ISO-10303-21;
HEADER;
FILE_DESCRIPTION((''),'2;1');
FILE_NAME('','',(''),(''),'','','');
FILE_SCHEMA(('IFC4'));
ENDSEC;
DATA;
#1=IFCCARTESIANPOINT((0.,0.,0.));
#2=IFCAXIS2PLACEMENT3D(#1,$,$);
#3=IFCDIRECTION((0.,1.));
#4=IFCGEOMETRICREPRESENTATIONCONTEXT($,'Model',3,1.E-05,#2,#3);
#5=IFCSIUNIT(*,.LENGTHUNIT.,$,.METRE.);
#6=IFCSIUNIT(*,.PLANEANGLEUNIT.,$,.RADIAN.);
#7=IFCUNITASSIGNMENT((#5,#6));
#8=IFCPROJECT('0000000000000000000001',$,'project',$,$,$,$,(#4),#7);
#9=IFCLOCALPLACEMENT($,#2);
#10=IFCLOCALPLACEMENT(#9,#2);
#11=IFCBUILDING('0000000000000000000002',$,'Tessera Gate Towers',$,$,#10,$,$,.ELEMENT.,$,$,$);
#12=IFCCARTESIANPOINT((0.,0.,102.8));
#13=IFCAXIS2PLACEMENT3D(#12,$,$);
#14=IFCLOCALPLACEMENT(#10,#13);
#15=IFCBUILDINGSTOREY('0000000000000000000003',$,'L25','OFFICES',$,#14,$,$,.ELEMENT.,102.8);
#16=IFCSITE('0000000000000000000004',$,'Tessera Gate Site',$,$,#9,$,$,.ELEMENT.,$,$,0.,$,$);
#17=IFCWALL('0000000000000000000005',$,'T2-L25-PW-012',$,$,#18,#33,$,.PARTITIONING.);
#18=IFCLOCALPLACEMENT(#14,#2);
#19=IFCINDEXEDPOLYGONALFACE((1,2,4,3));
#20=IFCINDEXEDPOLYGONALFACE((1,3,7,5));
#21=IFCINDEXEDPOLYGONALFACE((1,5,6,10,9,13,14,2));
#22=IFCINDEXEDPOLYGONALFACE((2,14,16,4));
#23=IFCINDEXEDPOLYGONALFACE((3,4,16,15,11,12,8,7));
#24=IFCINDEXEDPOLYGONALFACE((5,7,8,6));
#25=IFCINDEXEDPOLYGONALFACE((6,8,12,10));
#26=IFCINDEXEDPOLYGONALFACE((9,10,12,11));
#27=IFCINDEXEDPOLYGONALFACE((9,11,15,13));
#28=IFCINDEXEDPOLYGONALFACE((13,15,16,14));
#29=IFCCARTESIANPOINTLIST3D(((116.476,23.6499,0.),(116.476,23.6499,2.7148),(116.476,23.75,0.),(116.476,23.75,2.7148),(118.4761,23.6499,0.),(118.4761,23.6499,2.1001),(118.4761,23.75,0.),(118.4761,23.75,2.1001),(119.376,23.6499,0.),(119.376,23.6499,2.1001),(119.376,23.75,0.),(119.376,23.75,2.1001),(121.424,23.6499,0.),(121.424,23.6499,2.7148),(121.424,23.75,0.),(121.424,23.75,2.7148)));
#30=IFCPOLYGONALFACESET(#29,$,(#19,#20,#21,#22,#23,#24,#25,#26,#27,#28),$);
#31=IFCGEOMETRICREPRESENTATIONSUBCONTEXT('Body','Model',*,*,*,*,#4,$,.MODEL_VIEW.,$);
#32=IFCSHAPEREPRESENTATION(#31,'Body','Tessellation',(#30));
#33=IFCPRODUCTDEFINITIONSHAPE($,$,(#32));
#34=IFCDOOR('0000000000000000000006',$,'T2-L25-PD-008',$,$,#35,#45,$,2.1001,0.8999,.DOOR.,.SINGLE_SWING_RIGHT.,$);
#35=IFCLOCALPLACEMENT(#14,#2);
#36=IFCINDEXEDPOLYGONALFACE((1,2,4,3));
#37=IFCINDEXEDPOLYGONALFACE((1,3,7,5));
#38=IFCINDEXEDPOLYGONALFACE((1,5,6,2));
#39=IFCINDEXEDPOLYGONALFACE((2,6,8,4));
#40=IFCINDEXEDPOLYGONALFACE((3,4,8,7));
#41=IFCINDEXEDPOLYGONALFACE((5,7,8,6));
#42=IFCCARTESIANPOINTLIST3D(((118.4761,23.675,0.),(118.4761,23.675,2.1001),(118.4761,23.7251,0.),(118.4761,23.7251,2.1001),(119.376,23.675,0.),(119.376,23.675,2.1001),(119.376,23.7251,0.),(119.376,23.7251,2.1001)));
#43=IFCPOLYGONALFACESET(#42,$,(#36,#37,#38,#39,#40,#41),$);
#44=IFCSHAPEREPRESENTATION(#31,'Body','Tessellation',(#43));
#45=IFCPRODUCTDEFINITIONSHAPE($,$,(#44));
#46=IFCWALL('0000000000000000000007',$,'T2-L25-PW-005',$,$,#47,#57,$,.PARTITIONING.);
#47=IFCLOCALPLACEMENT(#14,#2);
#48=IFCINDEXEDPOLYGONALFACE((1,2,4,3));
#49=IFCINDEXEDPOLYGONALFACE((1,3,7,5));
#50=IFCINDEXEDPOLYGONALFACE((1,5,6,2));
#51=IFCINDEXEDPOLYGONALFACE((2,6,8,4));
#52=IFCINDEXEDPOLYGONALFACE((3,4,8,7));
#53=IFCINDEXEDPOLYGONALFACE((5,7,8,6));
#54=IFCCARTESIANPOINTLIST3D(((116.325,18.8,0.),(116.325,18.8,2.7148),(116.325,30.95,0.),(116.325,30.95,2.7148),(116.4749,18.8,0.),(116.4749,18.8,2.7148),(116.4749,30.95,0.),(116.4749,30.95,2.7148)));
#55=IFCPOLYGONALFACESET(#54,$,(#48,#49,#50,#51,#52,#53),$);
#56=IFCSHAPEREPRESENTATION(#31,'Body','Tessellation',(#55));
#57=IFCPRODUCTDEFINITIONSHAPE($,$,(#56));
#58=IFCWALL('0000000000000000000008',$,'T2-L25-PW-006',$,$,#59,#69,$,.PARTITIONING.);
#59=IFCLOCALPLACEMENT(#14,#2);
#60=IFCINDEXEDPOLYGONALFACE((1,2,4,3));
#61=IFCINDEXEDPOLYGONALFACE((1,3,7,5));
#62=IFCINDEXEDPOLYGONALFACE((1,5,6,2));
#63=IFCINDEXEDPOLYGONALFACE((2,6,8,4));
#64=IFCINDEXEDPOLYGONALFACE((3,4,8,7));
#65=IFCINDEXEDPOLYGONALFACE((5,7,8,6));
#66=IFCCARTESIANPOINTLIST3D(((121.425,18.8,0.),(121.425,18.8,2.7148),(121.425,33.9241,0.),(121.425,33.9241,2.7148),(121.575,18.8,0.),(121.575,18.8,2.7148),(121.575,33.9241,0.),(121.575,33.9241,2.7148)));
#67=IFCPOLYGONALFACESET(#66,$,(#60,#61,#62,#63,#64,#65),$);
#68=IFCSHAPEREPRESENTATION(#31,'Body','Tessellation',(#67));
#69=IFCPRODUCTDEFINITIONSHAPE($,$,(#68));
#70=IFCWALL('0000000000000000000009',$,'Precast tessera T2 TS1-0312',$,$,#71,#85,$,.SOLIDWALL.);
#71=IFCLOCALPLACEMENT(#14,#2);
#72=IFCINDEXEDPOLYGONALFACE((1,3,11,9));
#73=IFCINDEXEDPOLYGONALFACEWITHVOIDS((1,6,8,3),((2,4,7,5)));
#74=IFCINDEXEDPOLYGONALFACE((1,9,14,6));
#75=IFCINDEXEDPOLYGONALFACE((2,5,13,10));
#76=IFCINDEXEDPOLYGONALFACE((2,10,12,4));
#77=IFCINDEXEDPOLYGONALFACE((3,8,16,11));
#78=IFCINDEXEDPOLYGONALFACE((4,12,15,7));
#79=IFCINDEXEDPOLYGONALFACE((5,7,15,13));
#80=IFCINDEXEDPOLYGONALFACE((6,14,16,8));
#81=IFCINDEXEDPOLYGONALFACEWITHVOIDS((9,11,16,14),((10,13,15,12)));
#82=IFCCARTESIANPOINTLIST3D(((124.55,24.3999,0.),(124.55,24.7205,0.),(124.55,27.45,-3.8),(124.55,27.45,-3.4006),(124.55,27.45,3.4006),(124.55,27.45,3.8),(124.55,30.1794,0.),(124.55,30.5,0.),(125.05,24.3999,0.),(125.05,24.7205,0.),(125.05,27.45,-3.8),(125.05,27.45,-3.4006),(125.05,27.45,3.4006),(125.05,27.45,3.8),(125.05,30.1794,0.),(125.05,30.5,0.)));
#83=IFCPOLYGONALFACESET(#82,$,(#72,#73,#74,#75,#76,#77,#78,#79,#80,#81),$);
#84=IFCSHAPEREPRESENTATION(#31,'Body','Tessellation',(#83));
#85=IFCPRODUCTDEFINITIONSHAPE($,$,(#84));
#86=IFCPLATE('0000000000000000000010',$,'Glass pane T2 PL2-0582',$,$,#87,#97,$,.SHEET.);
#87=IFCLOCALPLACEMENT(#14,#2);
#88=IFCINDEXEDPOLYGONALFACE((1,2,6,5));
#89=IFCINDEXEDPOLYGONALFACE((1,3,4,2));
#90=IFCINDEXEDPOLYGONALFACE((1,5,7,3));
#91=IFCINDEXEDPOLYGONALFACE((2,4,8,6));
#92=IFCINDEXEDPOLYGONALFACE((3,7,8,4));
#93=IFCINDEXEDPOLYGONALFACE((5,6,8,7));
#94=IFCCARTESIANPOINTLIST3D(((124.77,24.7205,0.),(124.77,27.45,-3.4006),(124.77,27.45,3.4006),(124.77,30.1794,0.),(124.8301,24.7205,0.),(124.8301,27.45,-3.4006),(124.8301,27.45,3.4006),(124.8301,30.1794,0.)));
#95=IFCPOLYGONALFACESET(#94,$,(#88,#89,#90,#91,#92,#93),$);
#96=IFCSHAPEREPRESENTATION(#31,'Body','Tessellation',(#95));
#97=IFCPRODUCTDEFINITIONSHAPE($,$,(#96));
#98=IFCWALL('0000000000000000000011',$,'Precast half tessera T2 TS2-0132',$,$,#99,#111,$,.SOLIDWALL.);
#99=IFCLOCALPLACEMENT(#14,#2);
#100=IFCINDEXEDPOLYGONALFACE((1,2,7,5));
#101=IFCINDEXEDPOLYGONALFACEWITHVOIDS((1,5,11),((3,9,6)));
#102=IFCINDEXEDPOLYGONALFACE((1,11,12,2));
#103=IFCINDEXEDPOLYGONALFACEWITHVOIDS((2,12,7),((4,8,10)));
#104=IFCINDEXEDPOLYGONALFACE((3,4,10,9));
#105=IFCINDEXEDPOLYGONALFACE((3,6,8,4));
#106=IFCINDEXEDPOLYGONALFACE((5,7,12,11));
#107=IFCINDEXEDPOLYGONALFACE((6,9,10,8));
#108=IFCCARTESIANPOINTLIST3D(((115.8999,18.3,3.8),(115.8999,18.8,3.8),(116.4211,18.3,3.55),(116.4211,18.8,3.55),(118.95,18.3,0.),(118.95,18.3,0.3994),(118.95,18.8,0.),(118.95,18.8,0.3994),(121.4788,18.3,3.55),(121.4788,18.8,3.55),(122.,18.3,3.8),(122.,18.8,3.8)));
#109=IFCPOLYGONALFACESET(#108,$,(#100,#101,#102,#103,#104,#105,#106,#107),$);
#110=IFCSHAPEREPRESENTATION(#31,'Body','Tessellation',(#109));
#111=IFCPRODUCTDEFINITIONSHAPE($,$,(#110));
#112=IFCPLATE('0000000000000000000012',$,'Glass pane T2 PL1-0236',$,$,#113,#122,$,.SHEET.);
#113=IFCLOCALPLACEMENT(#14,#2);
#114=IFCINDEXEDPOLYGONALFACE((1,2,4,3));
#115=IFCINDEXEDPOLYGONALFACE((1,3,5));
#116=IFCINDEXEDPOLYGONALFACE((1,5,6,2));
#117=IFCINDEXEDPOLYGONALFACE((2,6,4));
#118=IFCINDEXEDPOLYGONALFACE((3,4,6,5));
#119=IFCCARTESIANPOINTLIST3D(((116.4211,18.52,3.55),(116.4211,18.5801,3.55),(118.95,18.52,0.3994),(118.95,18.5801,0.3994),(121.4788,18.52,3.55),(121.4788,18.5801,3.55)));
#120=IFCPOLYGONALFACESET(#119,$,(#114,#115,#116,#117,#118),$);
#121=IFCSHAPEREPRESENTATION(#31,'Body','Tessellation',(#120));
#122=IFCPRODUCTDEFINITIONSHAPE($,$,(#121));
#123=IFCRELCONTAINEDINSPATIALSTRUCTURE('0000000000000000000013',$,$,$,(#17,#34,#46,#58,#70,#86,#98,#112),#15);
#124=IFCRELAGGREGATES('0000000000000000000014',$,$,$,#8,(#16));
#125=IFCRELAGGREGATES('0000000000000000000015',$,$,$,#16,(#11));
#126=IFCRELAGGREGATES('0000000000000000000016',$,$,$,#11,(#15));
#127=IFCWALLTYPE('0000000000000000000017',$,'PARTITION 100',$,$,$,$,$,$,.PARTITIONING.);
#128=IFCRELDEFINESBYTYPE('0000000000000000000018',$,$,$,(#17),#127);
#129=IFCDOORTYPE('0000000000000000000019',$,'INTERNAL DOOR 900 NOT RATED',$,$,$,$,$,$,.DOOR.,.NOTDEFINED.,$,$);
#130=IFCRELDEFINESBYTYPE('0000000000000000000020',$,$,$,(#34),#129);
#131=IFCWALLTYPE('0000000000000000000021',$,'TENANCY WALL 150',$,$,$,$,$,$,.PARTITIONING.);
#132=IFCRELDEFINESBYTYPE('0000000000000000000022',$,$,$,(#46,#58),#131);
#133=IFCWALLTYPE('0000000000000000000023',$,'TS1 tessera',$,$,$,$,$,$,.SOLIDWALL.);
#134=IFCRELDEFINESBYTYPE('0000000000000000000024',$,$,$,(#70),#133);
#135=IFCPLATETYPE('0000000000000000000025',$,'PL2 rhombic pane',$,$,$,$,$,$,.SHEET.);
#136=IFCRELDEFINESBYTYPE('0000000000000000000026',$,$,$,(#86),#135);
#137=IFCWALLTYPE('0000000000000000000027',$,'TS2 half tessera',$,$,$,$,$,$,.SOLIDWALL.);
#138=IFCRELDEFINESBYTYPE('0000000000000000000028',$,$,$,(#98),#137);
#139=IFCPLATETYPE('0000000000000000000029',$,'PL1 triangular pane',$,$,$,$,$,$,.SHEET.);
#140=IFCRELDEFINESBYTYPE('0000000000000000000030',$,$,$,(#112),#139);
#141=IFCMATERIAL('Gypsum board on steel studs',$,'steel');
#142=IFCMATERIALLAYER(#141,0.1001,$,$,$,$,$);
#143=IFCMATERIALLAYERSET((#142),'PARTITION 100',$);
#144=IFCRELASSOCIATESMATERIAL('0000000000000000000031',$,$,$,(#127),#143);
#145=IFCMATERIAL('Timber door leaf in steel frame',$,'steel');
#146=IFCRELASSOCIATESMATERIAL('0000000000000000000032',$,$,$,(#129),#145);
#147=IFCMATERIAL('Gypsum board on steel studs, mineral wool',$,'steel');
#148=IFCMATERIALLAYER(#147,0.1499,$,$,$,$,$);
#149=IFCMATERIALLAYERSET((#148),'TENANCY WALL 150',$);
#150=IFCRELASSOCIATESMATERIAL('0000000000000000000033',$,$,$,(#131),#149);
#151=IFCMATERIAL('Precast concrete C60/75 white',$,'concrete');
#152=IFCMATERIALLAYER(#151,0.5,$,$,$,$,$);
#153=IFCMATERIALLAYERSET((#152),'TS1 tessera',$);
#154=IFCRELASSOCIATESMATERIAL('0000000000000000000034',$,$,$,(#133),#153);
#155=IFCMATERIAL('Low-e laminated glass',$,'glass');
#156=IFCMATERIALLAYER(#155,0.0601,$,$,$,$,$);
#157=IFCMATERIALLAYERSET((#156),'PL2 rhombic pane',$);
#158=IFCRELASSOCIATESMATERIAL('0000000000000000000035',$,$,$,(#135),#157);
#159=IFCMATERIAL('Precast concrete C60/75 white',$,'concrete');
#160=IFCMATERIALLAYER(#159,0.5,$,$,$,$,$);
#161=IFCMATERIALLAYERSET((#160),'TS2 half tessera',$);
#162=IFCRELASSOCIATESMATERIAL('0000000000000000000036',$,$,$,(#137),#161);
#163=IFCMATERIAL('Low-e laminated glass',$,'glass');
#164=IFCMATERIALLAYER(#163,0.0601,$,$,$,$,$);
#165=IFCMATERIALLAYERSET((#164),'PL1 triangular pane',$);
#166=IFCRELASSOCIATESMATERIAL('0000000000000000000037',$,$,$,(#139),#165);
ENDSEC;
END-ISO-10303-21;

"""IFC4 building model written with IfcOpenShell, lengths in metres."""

from ifc_helpers import new_model, si_unit, direction, frame, frame_2d, origin, place, context, subcontext, project, spatial, polyline, rectangle, outline, extrude, source, transform, mapped, material, layer, layer_set, type_object, element, fill, save


model = new_model("IFC4")

# Units and contexts
model_context = context("Model", 3, precision=1e-05, world=origin(), true_north=direction((0.0, 1.0)))
body_context = subcontext(model_context, "Body", "Model", "MODEL_VIEW")
ifc_project = project(units=[si_unit("LENGTHUNIT", "METRE"), si_unit("PLANEANGLEUNIT", "RADIAN")], contexts=[model_context])

# Site, building, storey
site_placement = place(None, origin())
site = spatial("IfcSite", under=ifc_project, at=site_placement, Name="Tessera Gate Site", CompositionType="ELEMENT", RefElevation=0.0)
building_placement = place(site_placement, origin())
building = spatial("IfcBuilding", under=site, at=building_placement, Name="Tessera Gate Towers", CompositionType="ELEMENT")
storey_placement = place(building_placement, frame((0.0, 0.0, 102.8)))
storey = spatial("IfcBuildingStorey", under=building, at=storey_placement, Name="L25", Description="OFFICES", CompositionType="ELEMENT", Elevation=102.8)

# Wall, opening, door
ifc_material_1 = material(Name="Gypsum board on steel studs", Category="steel")
ifc_layer_1 = layer(ifc_material_1, 0.1001)
ifc_layer_set_1 = layer_set([ifc_layer_1], Name="PARTITION 100")
wall_type_1 = type_object("IfcWallType", Name="PARTITION 100", PredefinedType="PARTITIONING", material=ifc_layer_set_1)
shared_shape_1 = source(origin(), body_context, "Body", "SweptSolid", [
    extrude(rectangle(XDim=0.8999, YDim=2.1001, at=frame_2d((0.45, 1.05))), frame((0.0, 0.0601, 0.0), z_axis=(0.0, -1.0, 0.0), x_axis=(1.0, 0.0, 0.0)), (0.0, 0.0, 1.0), 0.1201),
])
ifc_material_2 = material(Name="Timber door leaf in steel frame", Category="steel")
door_type = type_object("IfcDoorType", Name="INTERNAL DOOR 900 NOT RATED", OperationType="NOTDEFINED", PredefinedType="DOOR", material=ifc_material_2)
shared_shape_2 = source(origin(), body_context, "Body", "SweptSolid", [
    extrude(rectangle(XDim=0.8999, YDim=2.1001, at=frame_2d((0.45, 1.05))), frame((0.0, 0.0249, 0.0), z_axis=(0.0, -1.0, 0.0), x_axis=(1.0, 0.0, 0.0)), (0.0, 0.0, 1.0), 0.05),
])
wall_1_placement = place(storey_placement, frame((121.4241, 23.7, 0.0), z_axis=(0.0, 0.0, 1.0), x_axis=(-1.0, 0.0, 0.0)))
wall_1 = element("IfcWall", 1, at=wall_1_placement, inside=storey, type_object=wall_type_1, Name="T2-L25-PW-012", PredefinedType="PARTITIONING", context=body_context, shape_type="SweptSolid", body=[
    extrude(rectangle(XDim=4.948, YDim=0.1001, at=frame_2d((2.4741, 0.0))), origin(), (0.0, 0.0, 1.0), 2.7148),
])
opening_1_placement = place(wall_1_placement, frame((2.0481, 0.0, 0.0)))
opening_1 = element("IfcOpeningElement", 2, at=opening_1_placement, cuts=wall_1, PredefinedType="OPENING", context=body_context, shape_type="MappedRepresentation", body=[
    mapped(shared_shape_1, transform((0.0, 0.0, 0.0), scale=1.0)),
])
door_1_placement = place(opening_1_placement, origin())
door_1 = element("IfcDoor", 3, at=door_1_placement, inside=storey, type_object=door_type, Name="T2-L25-PD-008", OperationType="SINGLE_SWING_RIGHT", OverallHeight=2.1001, OverallWidth=0.8999, PredefinedType="DOOR", context=body_context, shape_type="MappedRepresentation", body=[
    mapped(shared_shape_2, transform((0.0, 0.0, 0.0), scale=1.0)),
])
fill(opening_1, door_1)

# Walls
ifc_material_3 = material(Name="Gypsum board on steel studs, mineral wool", Category="steel")
ifc_layer_2 = layer(ifc_material_3, 0.1499)
ifc_layer_set_2 = layer_set([ifc_layer_2], Name="TENANCY WALL 150")
wall_type_2 = type_object("IfcWallType", Name="TENANCY WALL 150", PredefinedType="PARTITIONING", material=ifc_layer_set_2)
wall_2_placement = place(storey_placement, frame((116.3999, 18.8, 0.0), z_axis=(0.0, 0.0, 1.0), x_axis=(0.0, 1.0, 0.0)))
element("IfcWall", 4, at=wall_2_placement, inside=storey, type_object=wall_type_2, Name="T2-L25-PW-005", PredefinedType="PARTITIONING", context=body_context, shape_type="SweptSolid", body=[
    extrude(rectangle(XDim=12.1499, YDim=0.1499, at=frame_2d((6.075, 0.0))), origin(), (0.0, 0.0, 1.0), 2.7148),
])
wall_3_placement = place(storey_placement, frame((121.5, 18.8, 0.0), z_axis=(0.0, 0.0, 1.0), x_axis=(0.0, 1.0, 0.0)))
element("IfcWall", 5, at=wall_3_placement, inside=storey, type_object=wall_type_2, Name="T2-L25-PW-006", PredefinedType="PARTITIONING", context=body_context, shape_type="SweptSolid", body=[
    extrude(rectangle(XDim=15.124, YDim=0.1499, at=frame_2d((7.562, 0.0))), origin(), (0.0, 0.0, 1.0), 2.7148),
])

# Walls, openings, plates
ifc_material_4 = material(Name="Precast concrete C60/75 white", Category="concrete")
ifc_layer_3 = layer(ifc_material_4, 0.5)
ifc_layer_set_3 = layer_set([ifc_layer_3], Name="TS1 tessera")
wall_type_3 = type_object("IfcWallType", Name="TS1 tessera", PredefinedType="SOLIDWALL", material=ifc_layer_set_3)
shared_shape_3 = source(origin(), body_context, "Body", "SweptSolid", [
    extrude(outline(polyline([(3.05, 0.0), (6.1001, 3.8), (3.05, 7.6001), (0.0, 3.8), (3.05, 0.0)])), frame((0.0, 0.25, 0.0), z_axis=(0.0, -1.0, 0.0), x_axis=(1.0, 0.0, 0.0)), (0.0, 0.0, 1.0), 0.5),
])
wall_4_placement = place(storey_placement, frame((124.8, 24.3999, -3.8), z_axis=(0.0, 0.0, 1.0), x_axis=(0.0, 1.0, 0.0)))
wall_4 = element("IfcWall", 6, at=wall_4_placement, inside=storey, type_object=wall_type_3, Name="Precast tessera T2 TS1-0312", PredefinedType="SOLIDWALL", context=body_context, shape_type="MappedRepresentation", body=[
    mapped(shared_shape_3, transform((0.0, 0.0, 0.0), scale=1.0)),
])
shared_shape_4 = source(origin(), body_context, "Body", "SweptSolid", [
    extrude(outline(polyline([(3.05, 0.3994), (5.7795, 3.8), (3.05, 7.2007), (0.3206, 3.8), (3.05, 0.3994)])), frame((0.0, 0.26, 0.0), z_axis=(0.0, -1.0, 0.0), x_axis=(1.0, 0.0, 0.0)), (0.0, 0.0, 1.0), 0.52),
])
opening_2_placement = place(wall_4_placement, origin())
opening_2 = element("IfcOpeningElement", 7, at=opening_2_placement, cuts=wall_4, PredefinedType="OPENING", context=body_context, shape_type="MappedRepresentation", body=[
    mapped(shared_shape_4, transform((0.0, 0.0, 0.0), scale=1.0)),
])
ifc_material_5 = material(Name="Low-e laminated glass", Category="glass")
ifc_layer_4 = layer(ifc_material_5, 0.0601)
ifc_layer_set_4 = layer_set([ifc_layer_4], Name="PL2 rhombic pane")
plate_type_1 = type_object("IfcPlateType", Name="PL2 rhombic pane", PredefinedType="SHEET", material=ifc_layer_set_4)
shared_shape_5 = source(origin(), body_context, "Body", "SweptSolid", [
    extrude(outline(polyline([(3.05, 0.3994), (5.7795, 3.8), (3.05, 7.2007), (0.3206, 3.8), (3.05, 0.3994)])), frame((0.0, 0.03, 0.0), z_axis=(0.0, -1.0, 0.0), x_axis=(1.0, 0.0, 0.0)), (0.0, 0.0, 1.0), 0.0601),
])
plate_1_placement = place(opening_2_placement, origin())
plate_1 = element("IfcPlate", 8, at=plate_1_placement, inside=storey, type_object=plate_type_1, Name="Glass pane T2 PL2-0582", PredefinedType="SHEET", context=body_context, shape_type="MappedRepresentation", body=[
    mapped(shared_shape_5, transform((0.0, 0.0, 0.0), scale=1.0)),
])
fill(opening_2, plate_1)
ifc_material_6 = material(Name="Precast concrete C60/75 white", Category="concrete")
ifc_layer_5 = layer(ifc_material_6, 0.5)
ifc_layer_set_5 = layer_set([ifc_layer_5], Name="TS2 half tessera")
wall_type_4 = type_object("IfcWallType", Name="TS2 half tessera", PredefinedType="SOLIDWALL", material=ifc_layer_set_5)
shared_shape_6 = source(origin(), body_context, "Body", "SweptSolid", [
    extrude(outline(polyline([(3.05, 0.0), (6.1001, 3.8), (0.0, 3.8), (3.05, 0.0)])), frame((0.0, 0.25, 0.0), z_axis=(0.0, -1.0, 0.0), x_axis=(1.0, 0.0, 0.0)), (0.0, 0.0, 1.0), 0.5),
])
wall_5_placement = place(storey_placement, frame((115.8999, 18.55, 0.0), z_axis=(0.0, 0.0, 1.0), x_axis=(1.0, 0.0, 0.0)))
wall_5 = element("IfcWall", 9, at=wall_5_placement, inside=storey, type_object=wall_type_4, Name="Precast half tessera T2 TS2-0132", PredefinedType="SOLIDWALL", context=body_context, shape_type="MappedRepresentation", body=[
    mapped(shared_shape_6, transform((0.0, 0.0, 0.0), scale=1.0)),
])
shared_shape_7 = source(origin(), body_context, "Body", "SweptSolid", [
    extrude(outline(polyline([(3.05, 0.3994), (5.5789, 3.55), (0.5212, 3.55), (3.05, 0.3994)])), frame((0.0, 0.26, 0.0), z_axis=(0.0, -1.0, 0.0), x_axis=(1.0, 0.0, 0.0)), (0.0, 0.0, 1.0), 0.52),
])
opening_3_placement = place(wall_5_placement, origin())
opening_3 = element("IfcOpeningElement", 10, at=opening_3_placement, cuts=wall_5, PredefinedType="OPENING", context=body_context, shape_type="MappedRepresentation", body=[
    mapped(shared_shape_7, transform((0.0, 0.0, 0.0), scale=1.0)),
])
ifc_material_7 = material(Name="Low-e laminated glass", Category="glass")
ifc_layer_6 = layer(ifc_material_7, 0.0601)
ifc_layer_set_6 = layer_set([ifc_layer_6], Name="PL1 triangular pane")
plate_type_2 = type_object("IfcPlateType", Name="PL1 triangular pane", PredefinedType="SHEET", material=ifc_layer_set_6)
shared_shape_8 = source(origin(), body_context, "Body", "SweptSolid", [
    extrude(outline(polyline([(3.05, 0.3994), (5.5789, 3.55), (0.5212, 3.55), (3.05, 0.3994)])), frame((0.0, 0.03, 0.0), z_axis=(0.0, -1.0, 0.0), x_axis=(1.0, 0.0, 0.0)), (0.0, 0.0, 1.0), 0.0601),
])
plate_2_placement = place(opening_3_placement, origin())
plate_2 = element("IfcPlate", 11, at=plate_2_placement, inside=storey, type_object=plate_type_2, Name="Glass pane T2 PL1-0236", PredefinedType="SHEET", context=body_context, shape_type="MappedRepresentation", body=[
    mapped(shared_shape_8, transform((0.0, 0.0, 0.0), scale=1.0)),
])
fill(opening_3, plate_2)

save(model, "model.ifc")
